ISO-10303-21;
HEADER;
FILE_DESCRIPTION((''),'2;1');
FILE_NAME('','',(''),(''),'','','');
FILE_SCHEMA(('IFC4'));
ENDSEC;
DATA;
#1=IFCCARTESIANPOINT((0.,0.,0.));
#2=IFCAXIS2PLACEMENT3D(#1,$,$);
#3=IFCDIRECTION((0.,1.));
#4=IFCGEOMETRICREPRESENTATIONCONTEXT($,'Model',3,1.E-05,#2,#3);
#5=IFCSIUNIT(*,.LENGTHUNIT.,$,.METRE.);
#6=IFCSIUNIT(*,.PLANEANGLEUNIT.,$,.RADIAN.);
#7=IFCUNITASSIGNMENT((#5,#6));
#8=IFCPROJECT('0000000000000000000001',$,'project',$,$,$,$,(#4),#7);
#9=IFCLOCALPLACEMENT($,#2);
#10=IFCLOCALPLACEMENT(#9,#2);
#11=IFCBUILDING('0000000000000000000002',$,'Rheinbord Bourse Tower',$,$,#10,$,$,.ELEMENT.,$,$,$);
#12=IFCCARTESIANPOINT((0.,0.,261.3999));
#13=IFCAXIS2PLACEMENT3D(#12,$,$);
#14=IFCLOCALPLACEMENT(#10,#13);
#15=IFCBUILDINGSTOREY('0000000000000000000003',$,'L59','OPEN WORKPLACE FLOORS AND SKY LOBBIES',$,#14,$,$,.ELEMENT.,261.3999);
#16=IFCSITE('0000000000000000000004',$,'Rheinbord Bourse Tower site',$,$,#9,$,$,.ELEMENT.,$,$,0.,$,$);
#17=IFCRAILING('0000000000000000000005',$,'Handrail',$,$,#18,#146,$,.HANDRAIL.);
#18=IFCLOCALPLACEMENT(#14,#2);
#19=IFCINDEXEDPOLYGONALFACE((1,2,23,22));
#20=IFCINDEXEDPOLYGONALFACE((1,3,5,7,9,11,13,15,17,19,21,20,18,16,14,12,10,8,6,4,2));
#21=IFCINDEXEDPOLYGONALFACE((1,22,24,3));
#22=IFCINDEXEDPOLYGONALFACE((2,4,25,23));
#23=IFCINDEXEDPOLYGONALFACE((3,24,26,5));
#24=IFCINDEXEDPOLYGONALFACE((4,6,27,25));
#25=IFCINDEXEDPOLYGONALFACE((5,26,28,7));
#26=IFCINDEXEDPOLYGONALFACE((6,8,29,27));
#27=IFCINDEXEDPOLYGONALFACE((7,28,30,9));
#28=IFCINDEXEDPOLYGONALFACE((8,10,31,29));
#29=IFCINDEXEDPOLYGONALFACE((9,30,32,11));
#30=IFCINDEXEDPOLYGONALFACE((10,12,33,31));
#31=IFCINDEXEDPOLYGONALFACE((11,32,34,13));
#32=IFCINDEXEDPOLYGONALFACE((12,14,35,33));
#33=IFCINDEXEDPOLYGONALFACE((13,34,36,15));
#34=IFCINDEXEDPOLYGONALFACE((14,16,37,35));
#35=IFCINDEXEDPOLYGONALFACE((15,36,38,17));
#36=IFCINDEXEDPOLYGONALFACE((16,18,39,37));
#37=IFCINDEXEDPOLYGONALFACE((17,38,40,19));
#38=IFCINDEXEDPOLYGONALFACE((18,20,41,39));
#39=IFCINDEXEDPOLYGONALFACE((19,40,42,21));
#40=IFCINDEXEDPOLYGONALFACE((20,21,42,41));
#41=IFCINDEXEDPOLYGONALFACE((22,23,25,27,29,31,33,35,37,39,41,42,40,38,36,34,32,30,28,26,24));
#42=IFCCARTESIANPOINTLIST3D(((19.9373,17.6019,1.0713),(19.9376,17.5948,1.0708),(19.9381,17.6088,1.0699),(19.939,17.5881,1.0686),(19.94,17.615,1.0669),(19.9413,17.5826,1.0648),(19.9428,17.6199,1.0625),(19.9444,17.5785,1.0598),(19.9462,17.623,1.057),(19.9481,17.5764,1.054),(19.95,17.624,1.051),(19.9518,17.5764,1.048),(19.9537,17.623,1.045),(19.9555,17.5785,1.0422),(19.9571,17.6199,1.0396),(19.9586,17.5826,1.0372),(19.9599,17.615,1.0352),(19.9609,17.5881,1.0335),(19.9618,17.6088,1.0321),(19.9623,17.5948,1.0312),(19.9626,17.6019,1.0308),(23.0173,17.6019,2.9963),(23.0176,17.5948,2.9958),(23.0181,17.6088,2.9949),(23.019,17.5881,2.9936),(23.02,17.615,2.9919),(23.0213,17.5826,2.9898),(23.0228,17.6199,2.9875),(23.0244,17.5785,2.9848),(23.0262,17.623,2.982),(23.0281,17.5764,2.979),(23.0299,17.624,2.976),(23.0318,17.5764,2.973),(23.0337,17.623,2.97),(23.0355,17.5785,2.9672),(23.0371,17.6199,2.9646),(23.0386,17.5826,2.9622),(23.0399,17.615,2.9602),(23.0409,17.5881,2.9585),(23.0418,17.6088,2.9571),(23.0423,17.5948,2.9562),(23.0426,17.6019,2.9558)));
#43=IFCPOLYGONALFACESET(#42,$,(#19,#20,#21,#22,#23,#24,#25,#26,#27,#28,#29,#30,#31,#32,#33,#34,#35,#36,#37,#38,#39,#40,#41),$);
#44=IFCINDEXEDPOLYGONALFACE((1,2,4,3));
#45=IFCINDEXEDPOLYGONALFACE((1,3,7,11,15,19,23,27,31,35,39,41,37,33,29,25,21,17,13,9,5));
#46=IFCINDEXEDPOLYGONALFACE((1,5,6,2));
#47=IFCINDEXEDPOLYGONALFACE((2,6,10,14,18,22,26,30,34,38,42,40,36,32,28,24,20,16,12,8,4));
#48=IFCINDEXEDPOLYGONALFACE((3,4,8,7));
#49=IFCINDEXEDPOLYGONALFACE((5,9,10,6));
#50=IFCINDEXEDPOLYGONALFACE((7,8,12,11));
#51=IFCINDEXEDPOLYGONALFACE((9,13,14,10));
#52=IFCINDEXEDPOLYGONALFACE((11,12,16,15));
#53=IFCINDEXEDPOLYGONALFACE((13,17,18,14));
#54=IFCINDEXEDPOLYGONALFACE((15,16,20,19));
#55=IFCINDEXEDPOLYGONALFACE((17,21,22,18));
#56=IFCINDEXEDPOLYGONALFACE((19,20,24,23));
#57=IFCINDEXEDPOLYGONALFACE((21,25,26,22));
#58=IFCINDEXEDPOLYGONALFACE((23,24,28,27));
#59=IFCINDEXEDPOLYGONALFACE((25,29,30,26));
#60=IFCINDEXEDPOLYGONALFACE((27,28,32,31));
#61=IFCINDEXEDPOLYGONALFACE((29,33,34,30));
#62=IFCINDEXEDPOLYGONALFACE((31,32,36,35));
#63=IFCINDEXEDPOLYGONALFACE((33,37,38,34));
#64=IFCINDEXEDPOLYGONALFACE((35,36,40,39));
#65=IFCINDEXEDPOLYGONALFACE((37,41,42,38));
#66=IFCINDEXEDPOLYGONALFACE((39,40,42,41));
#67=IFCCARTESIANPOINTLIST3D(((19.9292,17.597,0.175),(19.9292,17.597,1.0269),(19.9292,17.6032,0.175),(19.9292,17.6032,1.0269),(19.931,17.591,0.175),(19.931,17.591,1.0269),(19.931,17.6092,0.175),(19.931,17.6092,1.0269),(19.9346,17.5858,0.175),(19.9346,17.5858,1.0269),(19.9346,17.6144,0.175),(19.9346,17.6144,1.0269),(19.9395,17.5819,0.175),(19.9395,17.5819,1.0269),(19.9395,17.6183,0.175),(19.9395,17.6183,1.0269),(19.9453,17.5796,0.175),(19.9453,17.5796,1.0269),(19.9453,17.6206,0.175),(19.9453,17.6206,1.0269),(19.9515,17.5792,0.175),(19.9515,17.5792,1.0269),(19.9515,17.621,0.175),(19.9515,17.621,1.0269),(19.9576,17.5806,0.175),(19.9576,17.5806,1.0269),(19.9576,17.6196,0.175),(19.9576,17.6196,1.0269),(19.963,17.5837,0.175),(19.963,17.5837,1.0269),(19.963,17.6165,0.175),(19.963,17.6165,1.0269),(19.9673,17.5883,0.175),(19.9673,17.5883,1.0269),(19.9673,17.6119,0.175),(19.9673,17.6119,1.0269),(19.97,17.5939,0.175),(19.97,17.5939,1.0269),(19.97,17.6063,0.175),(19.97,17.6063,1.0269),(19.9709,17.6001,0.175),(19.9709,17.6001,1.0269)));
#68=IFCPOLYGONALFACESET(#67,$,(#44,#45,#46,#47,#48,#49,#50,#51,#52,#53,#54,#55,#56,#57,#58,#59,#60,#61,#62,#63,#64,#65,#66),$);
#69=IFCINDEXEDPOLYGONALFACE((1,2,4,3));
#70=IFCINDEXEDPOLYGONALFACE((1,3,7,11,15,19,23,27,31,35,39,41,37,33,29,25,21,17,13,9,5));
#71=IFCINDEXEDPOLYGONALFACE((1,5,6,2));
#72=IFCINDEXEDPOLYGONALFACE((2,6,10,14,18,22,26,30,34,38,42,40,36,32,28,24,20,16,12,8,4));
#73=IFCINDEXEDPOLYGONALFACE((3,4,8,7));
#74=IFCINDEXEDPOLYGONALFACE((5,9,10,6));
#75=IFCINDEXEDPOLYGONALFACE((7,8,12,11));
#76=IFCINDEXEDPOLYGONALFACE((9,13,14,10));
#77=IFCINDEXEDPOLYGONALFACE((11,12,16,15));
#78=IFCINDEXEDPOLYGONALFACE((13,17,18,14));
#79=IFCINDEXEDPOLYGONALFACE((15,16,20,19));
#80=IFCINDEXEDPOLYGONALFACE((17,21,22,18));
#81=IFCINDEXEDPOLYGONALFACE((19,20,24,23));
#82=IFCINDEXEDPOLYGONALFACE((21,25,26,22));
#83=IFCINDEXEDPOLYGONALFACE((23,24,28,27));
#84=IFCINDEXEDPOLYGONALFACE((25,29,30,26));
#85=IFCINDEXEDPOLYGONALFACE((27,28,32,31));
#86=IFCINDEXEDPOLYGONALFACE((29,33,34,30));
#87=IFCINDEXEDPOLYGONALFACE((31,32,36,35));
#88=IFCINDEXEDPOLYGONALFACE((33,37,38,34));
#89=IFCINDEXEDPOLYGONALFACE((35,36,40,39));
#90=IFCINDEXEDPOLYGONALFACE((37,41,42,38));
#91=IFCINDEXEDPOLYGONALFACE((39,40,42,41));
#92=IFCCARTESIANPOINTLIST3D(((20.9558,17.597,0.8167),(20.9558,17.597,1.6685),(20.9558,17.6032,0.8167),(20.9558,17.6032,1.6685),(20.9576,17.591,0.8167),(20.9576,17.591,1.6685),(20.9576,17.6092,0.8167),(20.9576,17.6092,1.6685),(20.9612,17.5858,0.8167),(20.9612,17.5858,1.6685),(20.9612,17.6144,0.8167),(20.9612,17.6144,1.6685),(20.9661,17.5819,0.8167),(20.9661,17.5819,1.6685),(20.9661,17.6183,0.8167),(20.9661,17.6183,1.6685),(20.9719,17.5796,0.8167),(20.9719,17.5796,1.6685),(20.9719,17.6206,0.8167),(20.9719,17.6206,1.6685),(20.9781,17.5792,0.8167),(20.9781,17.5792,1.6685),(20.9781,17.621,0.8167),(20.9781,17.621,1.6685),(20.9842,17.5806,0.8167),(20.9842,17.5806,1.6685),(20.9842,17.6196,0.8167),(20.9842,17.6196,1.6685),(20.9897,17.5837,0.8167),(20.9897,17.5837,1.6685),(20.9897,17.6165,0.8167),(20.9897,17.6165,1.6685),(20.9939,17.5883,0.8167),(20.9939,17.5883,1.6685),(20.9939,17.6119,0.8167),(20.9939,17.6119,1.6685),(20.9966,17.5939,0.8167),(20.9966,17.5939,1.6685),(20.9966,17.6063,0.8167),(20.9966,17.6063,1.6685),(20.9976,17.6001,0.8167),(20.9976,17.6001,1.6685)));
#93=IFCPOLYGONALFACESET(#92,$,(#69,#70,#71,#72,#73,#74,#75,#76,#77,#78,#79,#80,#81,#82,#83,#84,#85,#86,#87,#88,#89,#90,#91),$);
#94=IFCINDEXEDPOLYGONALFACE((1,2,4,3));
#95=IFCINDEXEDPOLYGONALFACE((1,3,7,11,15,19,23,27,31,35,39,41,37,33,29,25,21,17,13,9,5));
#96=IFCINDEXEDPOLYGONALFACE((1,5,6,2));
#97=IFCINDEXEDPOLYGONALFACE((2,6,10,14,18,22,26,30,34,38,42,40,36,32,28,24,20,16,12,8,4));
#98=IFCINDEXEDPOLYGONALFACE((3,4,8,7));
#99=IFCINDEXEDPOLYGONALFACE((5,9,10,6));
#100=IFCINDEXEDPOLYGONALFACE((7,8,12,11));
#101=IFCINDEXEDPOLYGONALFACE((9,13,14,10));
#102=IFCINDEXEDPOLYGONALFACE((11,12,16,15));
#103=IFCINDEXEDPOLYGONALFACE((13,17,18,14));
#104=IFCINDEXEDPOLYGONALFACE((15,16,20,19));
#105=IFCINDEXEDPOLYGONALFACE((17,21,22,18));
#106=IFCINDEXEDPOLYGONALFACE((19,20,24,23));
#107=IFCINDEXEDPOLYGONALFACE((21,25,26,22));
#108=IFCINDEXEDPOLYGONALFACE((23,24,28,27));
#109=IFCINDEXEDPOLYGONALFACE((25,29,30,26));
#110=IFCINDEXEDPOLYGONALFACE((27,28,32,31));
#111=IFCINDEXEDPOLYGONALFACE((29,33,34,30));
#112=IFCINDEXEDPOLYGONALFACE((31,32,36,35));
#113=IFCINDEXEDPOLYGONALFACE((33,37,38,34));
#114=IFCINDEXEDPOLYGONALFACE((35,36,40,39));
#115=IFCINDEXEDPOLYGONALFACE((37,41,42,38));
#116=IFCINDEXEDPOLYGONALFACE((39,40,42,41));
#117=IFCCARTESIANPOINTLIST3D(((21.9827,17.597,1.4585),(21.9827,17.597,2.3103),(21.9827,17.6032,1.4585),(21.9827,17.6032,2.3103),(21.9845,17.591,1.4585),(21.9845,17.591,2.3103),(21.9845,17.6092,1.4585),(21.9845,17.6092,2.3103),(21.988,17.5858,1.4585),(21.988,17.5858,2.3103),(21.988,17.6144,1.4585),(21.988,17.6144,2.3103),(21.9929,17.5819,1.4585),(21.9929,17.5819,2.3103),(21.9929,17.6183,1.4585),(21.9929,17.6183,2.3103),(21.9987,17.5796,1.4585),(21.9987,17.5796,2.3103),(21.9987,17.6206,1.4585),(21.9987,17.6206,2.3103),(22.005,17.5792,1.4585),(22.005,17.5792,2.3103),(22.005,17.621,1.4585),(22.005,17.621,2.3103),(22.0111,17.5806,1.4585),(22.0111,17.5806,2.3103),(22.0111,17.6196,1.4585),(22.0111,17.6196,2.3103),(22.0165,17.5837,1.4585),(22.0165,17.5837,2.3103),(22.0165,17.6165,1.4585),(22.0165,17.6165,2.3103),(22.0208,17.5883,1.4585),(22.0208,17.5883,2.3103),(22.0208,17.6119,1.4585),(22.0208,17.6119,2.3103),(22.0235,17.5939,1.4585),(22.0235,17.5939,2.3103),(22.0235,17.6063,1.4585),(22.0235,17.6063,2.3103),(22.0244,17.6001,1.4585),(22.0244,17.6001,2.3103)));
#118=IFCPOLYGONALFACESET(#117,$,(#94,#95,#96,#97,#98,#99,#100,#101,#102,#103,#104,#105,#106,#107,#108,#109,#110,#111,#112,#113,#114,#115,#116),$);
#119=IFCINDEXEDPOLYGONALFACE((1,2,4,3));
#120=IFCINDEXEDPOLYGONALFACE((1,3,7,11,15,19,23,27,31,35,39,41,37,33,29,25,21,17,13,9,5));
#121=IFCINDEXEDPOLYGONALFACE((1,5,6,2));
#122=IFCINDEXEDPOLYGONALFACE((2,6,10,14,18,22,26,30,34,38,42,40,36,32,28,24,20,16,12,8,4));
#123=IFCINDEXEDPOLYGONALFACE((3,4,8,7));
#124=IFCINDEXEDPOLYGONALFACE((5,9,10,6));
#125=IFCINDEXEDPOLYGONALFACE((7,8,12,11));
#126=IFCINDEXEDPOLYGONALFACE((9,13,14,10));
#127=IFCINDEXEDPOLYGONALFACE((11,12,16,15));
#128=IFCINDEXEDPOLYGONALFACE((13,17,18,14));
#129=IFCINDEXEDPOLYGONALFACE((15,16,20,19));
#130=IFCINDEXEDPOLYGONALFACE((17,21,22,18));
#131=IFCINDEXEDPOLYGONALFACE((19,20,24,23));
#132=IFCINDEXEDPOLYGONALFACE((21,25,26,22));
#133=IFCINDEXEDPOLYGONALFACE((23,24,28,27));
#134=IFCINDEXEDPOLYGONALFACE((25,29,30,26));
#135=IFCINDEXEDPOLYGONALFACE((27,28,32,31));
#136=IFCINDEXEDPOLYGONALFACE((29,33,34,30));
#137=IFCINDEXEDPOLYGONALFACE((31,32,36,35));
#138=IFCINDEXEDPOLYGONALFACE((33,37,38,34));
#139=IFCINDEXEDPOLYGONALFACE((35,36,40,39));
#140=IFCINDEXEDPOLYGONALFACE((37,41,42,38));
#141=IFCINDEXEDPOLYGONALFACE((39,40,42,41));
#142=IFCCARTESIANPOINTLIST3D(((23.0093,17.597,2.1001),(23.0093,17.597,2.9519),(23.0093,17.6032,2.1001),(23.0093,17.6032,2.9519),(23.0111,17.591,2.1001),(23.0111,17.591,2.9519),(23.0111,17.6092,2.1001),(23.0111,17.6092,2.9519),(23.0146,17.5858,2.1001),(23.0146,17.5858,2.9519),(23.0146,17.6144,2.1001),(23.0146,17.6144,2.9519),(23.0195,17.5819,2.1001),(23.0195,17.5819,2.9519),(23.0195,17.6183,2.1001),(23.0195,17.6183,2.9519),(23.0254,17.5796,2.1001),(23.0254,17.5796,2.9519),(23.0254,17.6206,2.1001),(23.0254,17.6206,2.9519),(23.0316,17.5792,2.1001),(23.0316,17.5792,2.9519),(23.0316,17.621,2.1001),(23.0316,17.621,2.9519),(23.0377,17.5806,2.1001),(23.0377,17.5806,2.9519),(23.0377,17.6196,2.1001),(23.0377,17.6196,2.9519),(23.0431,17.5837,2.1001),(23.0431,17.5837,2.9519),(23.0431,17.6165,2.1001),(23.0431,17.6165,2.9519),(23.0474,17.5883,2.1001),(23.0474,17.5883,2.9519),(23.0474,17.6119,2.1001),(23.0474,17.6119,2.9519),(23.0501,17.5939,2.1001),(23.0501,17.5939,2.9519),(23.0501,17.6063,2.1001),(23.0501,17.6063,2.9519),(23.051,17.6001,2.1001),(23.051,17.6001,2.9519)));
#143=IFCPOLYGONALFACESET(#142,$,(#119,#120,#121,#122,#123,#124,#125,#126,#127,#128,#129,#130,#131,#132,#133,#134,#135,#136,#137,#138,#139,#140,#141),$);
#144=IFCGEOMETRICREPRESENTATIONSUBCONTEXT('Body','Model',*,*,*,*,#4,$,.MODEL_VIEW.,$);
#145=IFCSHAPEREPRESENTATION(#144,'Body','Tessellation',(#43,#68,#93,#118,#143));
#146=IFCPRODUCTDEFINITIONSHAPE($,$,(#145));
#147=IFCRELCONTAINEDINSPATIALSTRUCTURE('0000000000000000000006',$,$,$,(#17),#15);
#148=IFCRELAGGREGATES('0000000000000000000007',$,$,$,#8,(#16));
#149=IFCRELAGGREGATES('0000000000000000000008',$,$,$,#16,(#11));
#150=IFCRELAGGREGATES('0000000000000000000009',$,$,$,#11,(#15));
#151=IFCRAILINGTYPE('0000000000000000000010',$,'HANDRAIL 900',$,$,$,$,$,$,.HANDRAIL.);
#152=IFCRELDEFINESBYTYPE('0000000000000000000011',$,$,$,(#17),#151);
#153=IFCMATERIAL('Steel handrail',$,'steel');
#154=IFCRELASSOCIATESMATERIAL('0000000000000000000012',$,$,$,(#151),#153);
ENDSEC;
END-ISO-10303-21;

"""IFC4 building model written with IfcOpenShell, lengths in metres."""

from ifc_helpers import new_model, si_unit, direction, frame, origin, origin_2d, place, context, subcontext, project, spatial, circle, extrude, material, type_object, element, save


model = new_model("IFC4")

# Units and contexts
model_context = context("Model", 3, precision=1e-05, world=origin(), true_north=direction((0.0, 1.0)))
body_context = subcontext(model_context, "Body", "Model", "MODEL_VIEW")
ifc_project = project(units=[si_unit("LENGTHUNIT", "METRE"), si_unit("PLANEANGLEUNIT", "RADIAN")], contexts=[model_context])

# Site, building, storey
site_placement = place(None, origin())
site = spatial("IfcSite", under=ifc_project, at=site_placement, Name="Rheinbord Bourse Tower site", CompositionType="ELEMENT", RefElevation=0.0)
building_placement = place(site_placement, origin())
building = spatial("IfcBuilding", under=site, at=building_placement, Name="Rheinbord Bourse Tower", CompositionType="ELEMENT")
storey_placement = place(building_placement, frame((0.0, 0.0, 261.3999)))
storey = spatial("IfcBuildingStorey", under=building, at=storey_placement, Name="L59", Description="OPEN WORKPLACE FLOORS AND SKY LOBBIES", CompositionType="ELEMENT", Elevation=261.3999)

# Railing
ifc_material_1 = material(Name="Steel handrail", Category="steel")
railing_type = type_object("IfcRailingType", Name="HANDRAIL 900", PredefinedType="HANDRAIL", material=ifc_material_1)
railing_1_placement = place(storey_placement, frame((19.95, 17.6001, 0.175)))
element("IfcRailing", 1, at=railing_1_placement, inside=storey, type_object=railing_type, Name="Handrail", PredefinedType="HANDRAIL", context=body_context, shape_type="SweptSolid", body=[
    extrude(circle(Radius=0.0239, at=origin_2d()), frame((0.0, 0.0, 0.876), z_axis=(0.847998, 0.0, 0.529999), x_axis=(0.0, 1.0, 0.0)), (0.0, 0.0, 1.0), 3.6321),
    extrude(circle(Radius=0.021, at=origin_2d()), origin(), (0.0, 0.0, 1.0), 0.8518),
    extrude(circle(Radius=0.021, at=origin_2d()), frame((1.0266, 0.0, 0.6416)), (0.0, 0.0, 1.0), 0.8518),
    extrude(circle(Radius=0.021, at=origin_2d()), frame((2.0535, 0.0, 1.2834)), (0.0, 0.0, 1.0), 0.8518),
    extrude(circle(Radius=0.021, at=origin_2d()), frame((3.0801, 0.0, 1.925)), (0.0, 0.0, 1.0), 0.8518),
])

save(model, "model.ifc")
